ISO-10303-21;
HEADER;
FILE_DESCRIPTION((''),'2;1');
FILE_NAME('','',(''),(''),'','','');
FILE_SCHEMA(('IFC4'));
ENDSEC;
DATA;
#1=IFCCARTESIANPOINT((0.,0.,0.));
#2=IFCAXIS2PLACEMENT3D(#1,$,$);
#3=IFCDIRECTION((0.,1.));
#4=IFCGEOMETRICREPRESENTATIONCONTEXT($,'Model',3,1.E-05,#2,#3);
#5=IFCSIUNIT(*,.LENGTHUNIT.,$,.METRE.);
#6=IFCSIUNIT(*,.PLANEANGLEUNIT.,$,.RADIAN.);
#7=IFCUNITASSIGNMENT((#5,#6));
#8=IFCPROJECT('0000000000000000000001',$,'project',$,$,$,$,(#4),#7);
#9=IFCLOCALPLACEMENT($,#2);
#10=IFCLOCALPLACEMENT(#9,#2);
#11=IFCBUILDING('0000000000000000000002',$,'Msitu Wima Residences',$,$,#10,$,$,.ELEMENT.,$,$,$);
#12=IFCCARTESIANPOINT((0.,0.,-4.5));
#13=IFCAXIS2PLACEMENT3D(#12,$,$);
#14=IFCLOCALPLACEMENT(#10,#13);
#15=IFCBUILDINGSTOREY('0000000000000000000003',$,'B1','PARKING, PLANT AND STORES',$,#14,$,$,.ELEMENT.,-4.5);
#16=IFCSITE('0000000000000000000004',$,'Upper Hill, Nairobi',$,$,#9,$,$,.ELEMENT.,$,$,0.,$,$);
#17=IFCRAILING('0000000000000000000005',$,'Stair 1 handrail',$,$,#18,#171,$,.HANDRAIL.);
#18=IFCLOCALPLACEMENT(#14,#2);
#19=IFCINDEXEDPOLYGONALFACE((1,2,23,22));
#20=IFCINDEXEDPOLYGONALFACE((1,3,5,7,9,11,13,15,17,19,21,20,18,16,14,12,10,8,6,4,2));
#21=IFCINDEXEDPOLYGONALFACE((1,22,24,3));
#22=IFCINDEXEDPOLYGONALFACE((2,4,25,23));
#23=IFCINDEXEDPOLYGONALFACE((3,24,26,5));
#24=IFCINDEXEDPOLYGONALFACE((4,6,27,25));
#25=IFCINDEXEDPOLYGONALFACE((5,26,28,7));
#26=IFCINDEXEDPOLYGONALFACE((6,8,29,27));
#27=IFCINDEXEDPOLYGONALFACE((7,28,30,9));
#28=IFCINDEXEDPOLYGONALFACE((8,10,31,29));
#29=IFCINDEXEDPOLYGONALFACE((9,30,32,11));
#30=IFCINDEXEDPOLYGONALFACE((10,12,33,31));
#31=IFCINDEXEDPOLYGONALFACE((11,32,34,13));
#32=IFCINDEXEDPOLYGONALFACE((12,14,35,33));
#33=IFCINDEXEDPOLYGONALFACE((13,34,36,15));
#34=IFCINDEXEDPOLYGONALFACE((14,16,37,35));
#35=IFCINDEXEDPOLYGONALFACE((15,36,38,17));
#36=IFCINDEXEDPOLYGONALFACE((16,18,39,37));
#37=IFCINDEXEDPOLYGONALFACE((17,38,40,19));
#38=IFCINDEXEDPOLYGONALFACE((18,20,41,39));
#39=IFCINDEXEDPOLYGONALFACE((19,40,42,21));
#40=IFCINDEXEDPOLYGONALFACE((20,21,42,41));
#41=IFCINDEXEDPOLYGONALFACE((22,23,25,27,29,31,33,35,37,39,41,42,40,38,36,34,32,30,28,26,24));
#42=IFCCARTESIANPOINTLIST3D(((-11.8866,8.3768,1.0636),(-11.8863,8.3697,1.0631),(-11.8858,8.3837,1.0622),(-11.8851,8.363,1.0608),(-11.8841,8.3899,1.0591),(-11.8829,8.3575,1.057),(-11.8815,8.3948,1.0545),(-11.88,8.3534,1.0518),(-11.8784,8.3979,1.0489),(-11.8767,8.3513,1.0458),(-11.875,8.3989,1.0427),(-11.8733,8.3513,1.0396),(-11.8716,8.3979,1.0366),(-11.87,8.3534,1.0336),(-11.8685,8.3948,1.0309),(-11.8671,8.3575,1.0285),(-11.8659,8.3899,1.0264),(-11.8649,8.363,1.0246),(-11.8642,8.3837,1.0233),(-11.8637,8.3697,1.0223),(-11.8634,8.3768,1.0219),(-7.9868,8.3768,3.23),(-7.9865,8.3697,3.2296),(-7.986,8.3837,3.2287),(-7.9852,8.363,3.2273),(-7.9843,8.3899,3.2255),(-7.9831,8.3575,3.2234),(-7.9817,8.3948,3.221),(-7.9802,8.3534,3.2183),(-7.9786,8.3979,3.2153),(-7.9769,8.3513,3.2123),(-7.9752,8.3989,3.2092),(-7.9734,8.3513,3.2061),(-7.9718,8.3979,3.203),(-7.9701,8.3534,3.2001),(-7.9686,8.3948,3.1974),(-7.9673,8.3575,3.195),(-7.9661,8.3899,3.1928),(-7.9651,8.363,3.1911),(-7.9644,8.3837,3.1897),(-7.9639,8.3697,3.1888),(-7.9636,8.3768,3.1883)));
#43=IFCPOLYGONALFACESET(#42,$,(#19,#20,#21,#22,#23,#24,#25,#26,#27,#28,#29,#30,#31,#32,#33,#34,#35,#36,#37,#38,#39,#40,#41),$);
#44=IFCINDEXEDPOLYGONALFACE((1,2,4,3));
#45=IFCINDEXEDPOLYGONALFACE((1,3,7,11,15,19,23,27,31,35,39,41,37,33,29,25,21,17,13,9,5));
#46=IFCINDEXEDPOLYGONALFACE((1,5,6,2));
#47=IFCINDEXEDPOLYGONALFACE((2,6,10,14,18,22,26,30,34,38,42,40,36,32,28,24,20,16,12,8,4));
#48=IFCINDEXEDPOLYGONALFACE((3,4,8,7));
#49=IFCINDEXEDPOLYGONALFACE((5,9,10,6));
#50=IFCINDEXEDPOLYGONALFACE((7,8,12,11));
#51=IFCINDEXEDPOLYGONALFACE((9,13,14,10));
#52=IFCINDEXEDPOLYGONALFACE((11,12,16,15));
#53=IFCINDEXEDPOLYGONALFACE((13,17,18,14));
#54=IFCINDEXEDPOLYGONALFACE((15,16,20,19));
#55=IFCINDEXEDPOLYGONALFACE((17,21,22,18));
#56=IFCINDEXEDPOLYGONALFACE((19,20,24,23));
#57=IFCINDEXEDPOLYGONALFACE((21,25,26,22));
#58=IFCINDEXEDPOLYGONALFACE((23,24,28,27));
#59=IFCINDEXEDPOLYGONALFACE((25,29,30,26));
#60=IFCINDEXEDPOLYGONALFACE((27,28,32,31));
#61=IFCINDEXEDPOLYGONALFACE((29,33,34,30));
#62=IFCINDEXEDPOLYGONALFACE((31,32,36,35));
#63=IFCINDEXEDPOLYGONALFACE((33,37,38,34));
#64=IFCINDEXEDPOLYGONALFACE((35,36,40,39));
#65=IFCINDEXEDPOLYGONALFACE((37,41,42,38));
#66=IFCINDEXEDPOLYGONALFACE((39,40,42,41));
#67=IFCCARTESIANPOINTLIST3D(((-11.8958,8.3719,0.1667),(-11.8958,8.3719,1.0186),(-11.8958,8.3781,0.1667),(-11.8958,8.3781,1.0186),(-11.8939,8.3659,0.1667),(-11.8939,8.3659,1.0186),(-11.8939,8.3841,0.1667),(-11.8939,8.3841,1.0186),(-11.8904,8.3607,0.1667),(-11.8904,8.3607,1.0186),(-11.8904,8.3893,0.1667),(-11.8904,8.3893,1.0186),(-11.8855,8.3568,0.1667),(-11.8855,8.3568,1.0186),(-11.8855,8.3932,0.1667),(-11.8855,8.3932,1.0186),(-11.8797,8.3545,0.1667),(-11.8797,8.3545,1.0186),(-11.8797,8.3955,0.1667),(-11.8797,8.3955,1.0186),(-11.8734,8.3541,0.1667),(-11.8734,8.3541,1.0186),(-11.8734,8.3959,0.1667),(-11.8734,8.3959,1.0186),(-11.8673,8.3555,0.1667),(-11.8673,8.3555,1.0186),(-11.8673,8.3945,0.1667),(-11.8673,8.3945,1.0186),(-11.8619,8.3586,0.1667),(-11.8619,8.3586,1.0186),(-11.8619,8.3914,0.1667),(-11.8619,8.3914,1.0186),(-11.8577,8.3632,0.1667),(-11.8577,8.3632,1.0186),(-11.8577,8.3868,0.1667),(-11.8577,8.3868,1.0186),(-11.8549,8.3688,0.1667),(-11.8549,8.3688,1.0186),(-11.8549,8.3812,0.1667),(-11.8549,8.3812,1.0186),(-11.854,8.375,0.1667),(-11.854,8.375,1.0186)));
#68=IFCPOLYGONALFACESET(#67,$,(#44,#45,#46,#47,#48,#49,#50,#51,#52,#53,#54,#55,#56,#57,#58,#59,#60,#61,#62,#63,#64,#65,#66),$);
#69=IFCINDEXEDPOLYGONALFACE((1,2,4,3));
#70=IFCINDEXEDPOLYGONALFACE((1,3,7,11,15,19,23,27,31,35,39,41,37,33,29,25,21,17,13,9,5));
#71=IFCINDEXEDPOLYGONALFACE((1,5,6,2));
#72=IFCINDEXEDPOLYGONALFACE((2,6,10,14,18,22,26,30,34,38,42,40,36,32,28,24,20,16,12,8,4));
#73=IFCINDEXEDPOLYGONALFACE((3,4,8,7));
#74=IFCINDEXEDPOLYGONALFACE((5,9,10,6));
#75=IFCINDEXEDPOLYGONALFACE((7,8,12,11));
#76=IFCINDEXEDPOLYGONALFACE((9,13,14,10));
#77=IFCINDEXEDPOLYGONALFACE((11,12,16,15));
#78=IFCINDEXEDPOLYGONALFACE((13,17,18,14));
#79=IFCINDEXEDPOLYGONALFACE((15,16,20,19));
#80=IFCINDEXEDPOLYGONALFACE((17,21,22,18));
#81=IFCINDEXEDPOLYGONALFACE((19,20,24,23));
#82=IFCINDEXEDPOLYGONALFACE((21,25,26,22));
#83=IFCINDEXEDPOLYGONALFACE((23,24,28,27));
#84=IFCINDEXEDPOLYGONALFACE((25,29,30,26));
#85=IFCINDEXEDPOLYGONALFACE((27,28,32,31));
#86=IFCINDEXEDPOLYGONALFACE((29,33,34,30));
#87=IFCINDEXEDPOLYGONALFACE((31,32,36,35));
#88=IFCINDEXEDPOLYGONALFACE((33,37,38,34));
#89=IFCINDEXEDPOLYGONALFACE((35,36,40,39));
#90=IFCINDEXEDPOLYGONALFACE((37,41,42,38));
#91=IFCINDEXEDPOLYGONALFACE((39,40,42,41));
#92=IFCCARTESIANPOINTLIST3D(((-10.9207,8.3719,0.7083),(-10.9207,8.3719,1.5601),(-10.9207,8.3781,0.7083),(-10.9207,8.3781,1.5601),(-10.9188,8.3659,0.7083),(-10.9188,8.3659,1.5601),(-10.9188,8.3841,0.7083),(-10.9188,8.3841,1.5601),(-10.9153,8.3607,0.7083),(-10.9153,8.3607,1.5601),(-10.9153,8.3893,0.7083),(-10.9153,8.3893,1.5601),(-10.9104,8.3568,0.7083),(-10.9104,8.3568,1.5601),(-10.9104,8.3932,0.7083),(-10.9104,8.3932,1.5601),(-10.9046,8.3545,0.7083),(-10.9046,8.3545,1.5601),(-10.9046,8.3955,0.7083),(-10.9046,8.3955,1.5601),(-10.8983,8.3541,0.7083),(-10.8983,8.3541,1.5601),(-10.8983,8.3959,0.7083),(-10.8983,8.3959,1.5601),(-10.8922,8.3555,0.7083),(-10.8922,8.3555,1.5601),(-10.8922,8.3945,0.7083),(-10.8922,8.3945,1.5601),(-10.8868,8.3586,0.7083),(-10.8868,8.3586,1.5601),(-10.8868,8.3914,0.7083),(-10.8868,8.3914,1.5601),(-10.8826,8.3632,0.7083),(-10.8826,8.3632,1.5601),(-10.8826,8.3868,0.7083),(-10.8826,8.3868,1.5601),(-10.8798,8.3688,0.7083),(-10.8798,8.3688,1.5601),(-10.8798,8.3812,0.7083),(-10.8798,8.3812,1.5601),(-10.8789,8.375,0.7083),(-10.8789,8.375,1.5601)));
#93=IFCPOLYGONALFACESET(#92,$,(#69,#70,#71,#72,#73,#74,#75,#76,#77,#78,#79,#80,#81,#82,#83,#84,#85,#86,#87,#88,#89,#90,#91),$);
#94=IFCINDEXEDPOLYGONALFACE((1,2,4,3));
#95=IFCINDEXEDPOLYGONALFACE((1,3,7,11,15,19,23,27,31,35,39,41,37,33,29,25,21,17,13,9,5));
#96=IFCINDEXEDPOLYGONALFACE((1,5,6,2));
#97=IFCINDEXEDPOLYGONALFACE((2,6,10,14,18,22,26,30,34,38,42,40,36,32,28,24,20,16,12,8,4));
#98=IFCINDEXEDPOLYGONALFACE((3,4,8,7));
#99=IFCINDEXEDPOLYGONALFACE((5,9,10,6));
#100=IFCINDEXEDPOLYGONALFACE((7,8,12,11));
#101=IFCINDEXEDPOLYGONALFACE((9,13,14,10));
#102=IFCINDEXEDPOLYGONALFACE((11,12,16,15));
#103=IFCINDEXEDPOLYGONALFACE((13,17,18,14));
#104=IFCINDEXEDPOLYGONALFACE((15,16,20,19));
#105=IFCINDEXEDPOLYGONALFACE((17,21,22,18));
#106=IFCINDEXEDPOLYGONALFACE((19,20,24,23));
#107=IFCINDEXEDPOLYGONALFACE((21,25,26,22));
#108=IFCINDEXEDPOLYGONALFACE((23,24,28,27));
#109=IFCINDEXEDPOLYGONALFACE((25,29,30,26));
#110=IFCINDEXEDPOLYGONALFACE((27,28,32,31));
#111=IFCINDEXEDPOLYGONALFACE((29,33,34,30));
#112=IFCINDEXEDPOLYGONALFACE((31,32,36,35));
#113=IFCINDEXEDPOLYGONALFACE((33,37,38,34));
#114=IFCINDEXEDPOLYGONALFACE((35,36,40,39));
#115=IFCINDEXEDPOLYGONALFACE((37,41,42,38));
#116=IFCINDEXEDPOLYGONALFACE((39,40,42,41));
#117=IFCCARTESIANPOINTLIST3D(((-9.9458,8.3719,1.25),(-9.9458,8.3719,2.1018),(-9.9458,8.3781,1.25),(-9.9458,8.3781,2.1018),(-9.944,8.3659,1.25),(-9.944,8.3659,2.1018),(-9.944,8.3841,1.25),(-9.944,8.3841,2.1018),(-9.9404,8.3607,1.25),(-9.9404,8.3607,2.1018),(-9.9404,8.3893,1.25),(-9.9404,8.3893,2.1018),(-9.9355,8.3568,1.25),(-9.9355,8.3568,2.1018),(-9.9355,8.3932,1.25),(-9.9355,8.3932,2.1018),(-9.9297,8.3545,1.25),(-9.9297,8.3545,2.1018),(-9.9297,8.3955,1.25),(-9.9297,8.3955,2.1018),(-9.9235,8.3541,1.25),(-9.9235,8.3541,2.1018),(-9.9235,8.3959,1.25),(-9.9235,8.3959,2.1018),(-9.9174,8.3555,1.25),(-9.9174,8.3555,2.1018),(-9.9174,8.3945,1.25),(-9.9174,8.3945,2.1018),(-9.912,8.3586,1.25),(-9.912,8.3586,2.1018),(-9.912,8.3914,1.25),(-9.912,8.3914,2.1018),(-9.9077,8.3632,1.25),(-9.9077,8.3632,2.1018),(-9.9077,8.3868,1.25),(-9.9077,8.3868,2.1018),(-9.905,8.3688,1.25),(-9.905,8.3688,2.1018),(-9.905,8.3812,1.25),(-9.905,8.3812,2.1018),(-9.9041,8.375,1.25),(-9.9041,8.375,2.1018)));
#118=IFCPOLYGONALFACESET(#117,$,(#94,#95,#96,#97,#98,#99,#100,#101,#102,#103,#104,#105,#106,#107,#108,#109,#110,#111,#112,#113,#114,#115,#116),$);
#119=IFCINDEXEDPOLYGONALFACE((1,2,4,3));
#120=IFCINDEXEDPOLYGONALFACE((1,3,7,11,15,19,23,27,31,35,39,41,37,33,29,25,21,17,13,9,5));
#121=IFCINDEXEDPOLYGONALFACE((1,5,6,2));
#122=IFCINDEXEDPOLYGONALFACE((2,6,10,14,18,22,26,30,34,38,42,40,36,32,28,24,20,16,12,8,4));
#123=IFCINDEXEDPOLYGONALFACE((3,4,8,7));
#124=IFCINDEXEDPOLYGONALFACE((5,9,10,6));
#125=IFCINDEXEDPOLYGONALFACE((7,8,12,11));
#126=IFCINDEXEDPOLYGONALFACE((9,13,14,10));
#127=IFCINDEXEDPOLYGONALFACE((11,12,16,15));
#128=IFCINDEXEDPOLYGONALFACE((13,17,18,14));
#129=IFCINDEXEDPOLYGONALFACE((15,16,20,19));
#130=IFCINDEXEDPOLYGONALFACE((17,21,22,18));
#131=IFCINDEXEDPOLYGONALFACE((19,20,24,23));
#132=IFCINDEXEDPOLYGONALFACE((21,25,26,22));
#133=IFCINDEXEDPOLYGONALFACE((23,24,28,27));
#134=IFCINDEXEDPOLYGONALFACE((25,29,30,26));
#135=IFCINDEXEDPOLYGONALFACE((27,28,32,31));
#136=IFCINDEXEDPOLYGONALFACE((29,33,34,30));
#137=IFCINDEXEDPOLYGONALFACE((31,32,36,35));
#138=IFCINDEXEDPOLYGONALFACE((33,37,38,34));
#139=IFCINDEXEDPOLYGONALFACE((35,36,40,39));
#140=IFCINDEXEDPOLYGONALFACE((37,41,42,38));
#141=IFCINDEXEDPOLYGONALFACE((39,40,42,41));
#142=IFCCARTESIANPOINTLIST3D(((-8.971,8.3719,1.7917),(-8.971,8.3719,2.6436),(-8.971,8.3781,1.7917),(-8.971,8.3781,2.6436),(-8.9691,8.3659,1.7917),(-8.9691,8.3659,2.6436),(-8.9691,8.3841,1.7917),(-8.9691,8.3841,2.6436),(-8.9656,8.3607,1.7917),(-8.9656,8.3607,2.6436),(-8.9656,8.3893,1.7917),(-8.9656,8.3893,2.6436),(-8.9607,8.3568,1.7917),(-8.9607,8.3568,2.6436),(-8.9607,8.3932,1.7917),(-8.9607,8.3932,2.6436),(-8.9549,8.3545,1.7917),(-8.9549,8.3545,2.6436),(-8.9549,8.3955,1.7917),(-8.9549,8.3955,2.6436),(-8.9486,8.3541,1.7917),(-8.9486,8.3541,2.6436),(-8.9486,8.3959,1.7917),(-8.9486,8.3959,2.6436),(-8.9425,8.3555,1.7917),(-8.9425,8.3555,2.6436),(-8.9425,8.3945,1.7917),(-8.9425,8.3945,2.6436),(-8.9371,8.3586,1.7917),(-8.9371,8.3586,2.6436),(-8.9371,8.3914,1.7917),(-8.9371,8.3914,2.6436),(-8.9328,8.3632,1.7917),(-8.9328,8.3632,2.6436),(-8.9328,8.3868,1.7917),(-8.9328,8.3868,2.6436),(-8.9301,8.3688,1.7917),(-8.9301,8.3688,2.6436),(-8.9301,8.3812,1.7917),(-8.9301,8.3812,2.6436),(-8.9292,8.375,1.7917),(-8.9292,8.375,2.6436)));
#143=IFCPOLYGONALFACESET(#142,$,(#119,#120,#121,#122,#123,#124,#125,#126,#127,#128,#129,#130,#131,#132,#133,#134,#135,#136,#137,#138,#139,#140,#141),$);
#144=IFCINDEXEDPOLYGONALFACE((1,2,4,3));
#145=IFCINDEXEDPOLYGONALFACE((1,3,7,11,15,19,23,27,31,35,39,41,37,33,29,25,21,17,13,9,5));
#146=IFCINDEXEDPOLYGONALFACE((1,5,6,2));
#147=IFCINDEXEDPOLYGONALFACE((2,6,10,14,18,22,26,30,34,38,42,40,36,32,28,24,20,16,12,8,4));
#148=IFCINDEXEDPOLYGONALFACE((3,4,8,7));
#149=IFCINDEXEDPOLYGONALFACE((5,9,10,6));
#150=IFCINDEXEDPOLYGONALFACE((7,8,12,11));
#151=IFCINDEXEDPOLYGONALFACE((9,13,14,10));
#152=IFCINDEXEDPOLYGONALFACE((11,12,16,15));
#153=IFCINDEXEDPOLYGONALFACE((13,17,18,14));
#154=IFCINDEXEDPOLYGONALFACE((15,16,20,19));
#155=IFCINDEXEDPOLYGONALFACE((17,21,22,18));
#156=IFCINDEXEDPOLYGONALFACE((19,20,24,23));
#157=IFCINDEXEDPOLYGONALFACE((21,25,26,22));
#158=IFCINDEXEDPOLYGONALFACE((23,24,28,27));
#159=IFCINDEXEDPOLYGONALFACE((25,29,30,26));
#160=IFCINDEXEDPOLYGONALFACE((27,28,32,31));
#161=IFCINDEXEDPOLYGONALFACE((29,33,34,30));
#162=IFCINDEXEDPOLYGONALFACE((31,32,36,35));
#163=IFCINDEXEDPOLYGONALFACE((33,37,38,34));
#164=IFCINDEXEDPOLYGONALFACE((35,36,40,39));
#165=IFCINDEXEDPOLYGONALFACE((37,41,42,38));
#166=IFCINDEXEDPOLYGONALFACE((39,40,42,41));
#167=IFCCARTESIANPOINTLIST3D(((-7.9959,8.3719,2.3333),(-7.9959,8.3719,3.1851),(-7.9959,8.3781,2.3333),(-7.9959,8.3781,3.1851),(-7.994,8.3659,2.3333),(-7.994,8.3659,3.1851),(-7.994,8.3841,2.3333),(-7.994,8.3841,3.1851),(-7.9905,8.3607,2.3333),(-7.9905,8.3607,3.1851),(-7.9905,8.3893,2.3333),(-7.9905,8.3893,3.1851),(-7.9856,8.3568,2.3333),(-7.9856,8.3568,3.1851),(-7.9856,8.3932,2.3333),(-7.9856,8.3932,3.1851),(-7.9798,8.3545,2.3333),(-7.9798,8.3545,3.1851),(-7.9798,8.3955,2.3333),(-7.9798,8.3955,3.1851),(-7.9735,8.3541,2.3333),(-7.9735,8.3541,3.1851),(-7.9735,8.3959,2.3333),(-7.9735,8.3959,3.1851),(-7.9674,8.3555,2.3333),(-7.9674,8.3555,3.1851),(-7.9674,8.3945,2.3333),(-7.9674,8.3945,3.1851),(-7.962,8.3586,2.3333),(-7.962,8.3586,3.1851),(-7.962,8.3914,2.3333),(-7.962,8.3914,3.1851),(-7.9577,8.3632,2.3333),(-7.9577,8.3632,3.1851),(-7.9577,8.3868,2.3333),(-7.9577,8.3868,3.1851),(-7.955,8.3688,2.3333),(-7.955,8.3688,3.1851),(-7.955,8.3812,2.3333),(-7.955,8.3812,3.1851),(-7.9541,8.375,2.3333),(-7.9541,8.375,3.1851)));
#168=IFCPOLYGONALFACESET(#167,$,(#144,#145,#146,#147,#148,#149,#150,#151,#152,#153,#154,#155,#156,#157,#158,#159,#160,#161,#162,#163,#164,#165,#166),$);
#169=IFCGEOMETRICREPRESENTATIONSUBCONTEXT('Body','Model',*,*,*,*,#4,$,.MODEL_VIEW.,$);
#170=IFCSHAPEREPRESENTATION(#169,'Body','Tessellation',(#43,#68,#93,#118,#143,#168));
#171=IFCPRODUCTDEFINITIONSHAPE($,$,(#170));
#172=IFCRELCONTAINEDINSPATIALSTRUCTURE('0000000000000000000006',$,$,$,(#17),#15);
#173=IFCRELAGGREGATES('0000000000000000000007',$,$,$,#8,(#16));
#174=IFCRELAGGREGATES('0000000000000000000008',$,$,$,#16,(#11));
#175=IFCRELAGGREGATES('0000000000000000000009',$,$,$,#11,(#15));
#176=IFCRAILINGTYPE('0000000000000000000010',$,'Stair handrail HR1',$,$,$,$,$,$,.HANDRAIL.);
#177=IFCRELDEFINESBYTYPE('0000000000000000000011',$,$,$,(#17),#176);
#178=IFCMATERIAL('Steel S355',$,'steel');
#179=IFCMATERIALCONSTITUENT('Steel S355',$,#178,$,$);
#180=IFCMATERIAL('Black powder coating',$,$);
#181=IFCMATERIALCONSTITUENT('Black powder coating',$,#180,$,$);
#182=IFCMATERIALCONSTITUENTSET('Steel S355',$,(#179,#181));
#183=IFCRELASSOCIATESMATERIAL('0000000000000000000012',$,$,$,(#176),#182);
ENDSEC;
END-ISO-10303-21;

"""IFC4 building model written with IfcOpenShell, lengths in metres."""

from ifc_helpers import new_model, si_unit, direction, frame, origin, origin_2d, place, context, subcontext, project, spatial, circle, extrude, material, constituent, constituent_set, type_object, element, save


model = new_model("IFC4")

# Units and contexts
model_context = context("Model", 3, precision=1e-05, world=origin(), true_north=direction((0.0, 1.0)))
body_context = subcontext(model_context, "Body", "Model", "MODEL_VIEW")
ifc_project = project(units=[si_unit("LENGTHUNIT", "METRE"), si_unit("PLANEANGLEUNIT", "RADIAN")], contexts=[model_context])

# Site, building, storey
site_placement = place(None, origin())
site = spatial("IfcSite", under=ifc_project, at=site_placement, Name="Upper Hill, Nairobi", CompositionType="ELEMENT", RefElevation=0.0)
building_placement = place(site_placement, origin())
building = spatial("IfcBuilding", under=site, at=building_placement, Name="Msitu Wima Residences", CompositionType="ELEMENT")
storey_placement = place(building_placement, frame((0.0, 0.0, -4.5)))
storey = spatial("IfcBuildingStorey", under=building, at=storey_placement, Name="B1", Description="PARKING, PLANT AND STORES", CompositionType="ELEMENT", Elevation=-4.5)

# Railing
ifc_material_1 = material(Name="Steel S355", Category="steel")
ifc_constituent_1 = constituent(ifc_material_1, Name="Steel S355")
ifc_material_2 = material(Name="Black powder coating")
ifc_constituent_2 = constituent(ifc_material_2, Name="Black powder coating")
ifc_constituent_set = constituent_set(constituents=[ifc_constituent_1, ifc_constituent_2], Name="Steel S355")
railing_type = type_object("IfcRailingType", Name="Stair handrail HR1", PredefinedType="HANDRAIL", material=ifc_constituent_set)
for number, where, name in (
    (1, (-11.875, 8.375, 0.1667), "Stair 1 handrail"),
):
    element("IfcRailing", number, at=place(storey_placement, frame(where)), inside=storey, type_object=railing_type, Name=name, PredefinedType="HANDRAIL", context=body_context, shape_type="SweptSolid", body=[
        extrude(circle(Radius=0.0239, at=origin_2d()), frame((0.0, 0.0, 0.876), z_axis=(0.874168, 0.0, 0.485624), x_axis=(0.0, 1.0, 0.0)), (0.0, 0.0, 1.0), 4.4612),
        extrude(circle(Radius=0.021, at=origin_2d()), origin(), (0.0, 0.0, 1.0), 0.8518),
        extrude(circle(Radius=0.021, at=origin_2d()), frame((0.9751, 0.0, 0.5415)), (0.0, 0.0, 1.0), 0.8518),
        extrude(circle(Radius=0.021, at=origin_2d()), frame((1.95, 0.0, 1.0833)), (0.0, 0.0, 1.0), 0.8518),
        extrude(circle(Radius=0.021, at=origin_2d()), frame((2.9248, 0.0, 1.625)), (0.0, 0.0, 1.0), 0.8518),
        extrude(circle(Radius=0.021, at=origin_2d()), frame((3.8999, 0.0, 2.1665)), (0.0, 0.0, 1.0), 0.8518),
    ])

save(model, "model.ifc")
